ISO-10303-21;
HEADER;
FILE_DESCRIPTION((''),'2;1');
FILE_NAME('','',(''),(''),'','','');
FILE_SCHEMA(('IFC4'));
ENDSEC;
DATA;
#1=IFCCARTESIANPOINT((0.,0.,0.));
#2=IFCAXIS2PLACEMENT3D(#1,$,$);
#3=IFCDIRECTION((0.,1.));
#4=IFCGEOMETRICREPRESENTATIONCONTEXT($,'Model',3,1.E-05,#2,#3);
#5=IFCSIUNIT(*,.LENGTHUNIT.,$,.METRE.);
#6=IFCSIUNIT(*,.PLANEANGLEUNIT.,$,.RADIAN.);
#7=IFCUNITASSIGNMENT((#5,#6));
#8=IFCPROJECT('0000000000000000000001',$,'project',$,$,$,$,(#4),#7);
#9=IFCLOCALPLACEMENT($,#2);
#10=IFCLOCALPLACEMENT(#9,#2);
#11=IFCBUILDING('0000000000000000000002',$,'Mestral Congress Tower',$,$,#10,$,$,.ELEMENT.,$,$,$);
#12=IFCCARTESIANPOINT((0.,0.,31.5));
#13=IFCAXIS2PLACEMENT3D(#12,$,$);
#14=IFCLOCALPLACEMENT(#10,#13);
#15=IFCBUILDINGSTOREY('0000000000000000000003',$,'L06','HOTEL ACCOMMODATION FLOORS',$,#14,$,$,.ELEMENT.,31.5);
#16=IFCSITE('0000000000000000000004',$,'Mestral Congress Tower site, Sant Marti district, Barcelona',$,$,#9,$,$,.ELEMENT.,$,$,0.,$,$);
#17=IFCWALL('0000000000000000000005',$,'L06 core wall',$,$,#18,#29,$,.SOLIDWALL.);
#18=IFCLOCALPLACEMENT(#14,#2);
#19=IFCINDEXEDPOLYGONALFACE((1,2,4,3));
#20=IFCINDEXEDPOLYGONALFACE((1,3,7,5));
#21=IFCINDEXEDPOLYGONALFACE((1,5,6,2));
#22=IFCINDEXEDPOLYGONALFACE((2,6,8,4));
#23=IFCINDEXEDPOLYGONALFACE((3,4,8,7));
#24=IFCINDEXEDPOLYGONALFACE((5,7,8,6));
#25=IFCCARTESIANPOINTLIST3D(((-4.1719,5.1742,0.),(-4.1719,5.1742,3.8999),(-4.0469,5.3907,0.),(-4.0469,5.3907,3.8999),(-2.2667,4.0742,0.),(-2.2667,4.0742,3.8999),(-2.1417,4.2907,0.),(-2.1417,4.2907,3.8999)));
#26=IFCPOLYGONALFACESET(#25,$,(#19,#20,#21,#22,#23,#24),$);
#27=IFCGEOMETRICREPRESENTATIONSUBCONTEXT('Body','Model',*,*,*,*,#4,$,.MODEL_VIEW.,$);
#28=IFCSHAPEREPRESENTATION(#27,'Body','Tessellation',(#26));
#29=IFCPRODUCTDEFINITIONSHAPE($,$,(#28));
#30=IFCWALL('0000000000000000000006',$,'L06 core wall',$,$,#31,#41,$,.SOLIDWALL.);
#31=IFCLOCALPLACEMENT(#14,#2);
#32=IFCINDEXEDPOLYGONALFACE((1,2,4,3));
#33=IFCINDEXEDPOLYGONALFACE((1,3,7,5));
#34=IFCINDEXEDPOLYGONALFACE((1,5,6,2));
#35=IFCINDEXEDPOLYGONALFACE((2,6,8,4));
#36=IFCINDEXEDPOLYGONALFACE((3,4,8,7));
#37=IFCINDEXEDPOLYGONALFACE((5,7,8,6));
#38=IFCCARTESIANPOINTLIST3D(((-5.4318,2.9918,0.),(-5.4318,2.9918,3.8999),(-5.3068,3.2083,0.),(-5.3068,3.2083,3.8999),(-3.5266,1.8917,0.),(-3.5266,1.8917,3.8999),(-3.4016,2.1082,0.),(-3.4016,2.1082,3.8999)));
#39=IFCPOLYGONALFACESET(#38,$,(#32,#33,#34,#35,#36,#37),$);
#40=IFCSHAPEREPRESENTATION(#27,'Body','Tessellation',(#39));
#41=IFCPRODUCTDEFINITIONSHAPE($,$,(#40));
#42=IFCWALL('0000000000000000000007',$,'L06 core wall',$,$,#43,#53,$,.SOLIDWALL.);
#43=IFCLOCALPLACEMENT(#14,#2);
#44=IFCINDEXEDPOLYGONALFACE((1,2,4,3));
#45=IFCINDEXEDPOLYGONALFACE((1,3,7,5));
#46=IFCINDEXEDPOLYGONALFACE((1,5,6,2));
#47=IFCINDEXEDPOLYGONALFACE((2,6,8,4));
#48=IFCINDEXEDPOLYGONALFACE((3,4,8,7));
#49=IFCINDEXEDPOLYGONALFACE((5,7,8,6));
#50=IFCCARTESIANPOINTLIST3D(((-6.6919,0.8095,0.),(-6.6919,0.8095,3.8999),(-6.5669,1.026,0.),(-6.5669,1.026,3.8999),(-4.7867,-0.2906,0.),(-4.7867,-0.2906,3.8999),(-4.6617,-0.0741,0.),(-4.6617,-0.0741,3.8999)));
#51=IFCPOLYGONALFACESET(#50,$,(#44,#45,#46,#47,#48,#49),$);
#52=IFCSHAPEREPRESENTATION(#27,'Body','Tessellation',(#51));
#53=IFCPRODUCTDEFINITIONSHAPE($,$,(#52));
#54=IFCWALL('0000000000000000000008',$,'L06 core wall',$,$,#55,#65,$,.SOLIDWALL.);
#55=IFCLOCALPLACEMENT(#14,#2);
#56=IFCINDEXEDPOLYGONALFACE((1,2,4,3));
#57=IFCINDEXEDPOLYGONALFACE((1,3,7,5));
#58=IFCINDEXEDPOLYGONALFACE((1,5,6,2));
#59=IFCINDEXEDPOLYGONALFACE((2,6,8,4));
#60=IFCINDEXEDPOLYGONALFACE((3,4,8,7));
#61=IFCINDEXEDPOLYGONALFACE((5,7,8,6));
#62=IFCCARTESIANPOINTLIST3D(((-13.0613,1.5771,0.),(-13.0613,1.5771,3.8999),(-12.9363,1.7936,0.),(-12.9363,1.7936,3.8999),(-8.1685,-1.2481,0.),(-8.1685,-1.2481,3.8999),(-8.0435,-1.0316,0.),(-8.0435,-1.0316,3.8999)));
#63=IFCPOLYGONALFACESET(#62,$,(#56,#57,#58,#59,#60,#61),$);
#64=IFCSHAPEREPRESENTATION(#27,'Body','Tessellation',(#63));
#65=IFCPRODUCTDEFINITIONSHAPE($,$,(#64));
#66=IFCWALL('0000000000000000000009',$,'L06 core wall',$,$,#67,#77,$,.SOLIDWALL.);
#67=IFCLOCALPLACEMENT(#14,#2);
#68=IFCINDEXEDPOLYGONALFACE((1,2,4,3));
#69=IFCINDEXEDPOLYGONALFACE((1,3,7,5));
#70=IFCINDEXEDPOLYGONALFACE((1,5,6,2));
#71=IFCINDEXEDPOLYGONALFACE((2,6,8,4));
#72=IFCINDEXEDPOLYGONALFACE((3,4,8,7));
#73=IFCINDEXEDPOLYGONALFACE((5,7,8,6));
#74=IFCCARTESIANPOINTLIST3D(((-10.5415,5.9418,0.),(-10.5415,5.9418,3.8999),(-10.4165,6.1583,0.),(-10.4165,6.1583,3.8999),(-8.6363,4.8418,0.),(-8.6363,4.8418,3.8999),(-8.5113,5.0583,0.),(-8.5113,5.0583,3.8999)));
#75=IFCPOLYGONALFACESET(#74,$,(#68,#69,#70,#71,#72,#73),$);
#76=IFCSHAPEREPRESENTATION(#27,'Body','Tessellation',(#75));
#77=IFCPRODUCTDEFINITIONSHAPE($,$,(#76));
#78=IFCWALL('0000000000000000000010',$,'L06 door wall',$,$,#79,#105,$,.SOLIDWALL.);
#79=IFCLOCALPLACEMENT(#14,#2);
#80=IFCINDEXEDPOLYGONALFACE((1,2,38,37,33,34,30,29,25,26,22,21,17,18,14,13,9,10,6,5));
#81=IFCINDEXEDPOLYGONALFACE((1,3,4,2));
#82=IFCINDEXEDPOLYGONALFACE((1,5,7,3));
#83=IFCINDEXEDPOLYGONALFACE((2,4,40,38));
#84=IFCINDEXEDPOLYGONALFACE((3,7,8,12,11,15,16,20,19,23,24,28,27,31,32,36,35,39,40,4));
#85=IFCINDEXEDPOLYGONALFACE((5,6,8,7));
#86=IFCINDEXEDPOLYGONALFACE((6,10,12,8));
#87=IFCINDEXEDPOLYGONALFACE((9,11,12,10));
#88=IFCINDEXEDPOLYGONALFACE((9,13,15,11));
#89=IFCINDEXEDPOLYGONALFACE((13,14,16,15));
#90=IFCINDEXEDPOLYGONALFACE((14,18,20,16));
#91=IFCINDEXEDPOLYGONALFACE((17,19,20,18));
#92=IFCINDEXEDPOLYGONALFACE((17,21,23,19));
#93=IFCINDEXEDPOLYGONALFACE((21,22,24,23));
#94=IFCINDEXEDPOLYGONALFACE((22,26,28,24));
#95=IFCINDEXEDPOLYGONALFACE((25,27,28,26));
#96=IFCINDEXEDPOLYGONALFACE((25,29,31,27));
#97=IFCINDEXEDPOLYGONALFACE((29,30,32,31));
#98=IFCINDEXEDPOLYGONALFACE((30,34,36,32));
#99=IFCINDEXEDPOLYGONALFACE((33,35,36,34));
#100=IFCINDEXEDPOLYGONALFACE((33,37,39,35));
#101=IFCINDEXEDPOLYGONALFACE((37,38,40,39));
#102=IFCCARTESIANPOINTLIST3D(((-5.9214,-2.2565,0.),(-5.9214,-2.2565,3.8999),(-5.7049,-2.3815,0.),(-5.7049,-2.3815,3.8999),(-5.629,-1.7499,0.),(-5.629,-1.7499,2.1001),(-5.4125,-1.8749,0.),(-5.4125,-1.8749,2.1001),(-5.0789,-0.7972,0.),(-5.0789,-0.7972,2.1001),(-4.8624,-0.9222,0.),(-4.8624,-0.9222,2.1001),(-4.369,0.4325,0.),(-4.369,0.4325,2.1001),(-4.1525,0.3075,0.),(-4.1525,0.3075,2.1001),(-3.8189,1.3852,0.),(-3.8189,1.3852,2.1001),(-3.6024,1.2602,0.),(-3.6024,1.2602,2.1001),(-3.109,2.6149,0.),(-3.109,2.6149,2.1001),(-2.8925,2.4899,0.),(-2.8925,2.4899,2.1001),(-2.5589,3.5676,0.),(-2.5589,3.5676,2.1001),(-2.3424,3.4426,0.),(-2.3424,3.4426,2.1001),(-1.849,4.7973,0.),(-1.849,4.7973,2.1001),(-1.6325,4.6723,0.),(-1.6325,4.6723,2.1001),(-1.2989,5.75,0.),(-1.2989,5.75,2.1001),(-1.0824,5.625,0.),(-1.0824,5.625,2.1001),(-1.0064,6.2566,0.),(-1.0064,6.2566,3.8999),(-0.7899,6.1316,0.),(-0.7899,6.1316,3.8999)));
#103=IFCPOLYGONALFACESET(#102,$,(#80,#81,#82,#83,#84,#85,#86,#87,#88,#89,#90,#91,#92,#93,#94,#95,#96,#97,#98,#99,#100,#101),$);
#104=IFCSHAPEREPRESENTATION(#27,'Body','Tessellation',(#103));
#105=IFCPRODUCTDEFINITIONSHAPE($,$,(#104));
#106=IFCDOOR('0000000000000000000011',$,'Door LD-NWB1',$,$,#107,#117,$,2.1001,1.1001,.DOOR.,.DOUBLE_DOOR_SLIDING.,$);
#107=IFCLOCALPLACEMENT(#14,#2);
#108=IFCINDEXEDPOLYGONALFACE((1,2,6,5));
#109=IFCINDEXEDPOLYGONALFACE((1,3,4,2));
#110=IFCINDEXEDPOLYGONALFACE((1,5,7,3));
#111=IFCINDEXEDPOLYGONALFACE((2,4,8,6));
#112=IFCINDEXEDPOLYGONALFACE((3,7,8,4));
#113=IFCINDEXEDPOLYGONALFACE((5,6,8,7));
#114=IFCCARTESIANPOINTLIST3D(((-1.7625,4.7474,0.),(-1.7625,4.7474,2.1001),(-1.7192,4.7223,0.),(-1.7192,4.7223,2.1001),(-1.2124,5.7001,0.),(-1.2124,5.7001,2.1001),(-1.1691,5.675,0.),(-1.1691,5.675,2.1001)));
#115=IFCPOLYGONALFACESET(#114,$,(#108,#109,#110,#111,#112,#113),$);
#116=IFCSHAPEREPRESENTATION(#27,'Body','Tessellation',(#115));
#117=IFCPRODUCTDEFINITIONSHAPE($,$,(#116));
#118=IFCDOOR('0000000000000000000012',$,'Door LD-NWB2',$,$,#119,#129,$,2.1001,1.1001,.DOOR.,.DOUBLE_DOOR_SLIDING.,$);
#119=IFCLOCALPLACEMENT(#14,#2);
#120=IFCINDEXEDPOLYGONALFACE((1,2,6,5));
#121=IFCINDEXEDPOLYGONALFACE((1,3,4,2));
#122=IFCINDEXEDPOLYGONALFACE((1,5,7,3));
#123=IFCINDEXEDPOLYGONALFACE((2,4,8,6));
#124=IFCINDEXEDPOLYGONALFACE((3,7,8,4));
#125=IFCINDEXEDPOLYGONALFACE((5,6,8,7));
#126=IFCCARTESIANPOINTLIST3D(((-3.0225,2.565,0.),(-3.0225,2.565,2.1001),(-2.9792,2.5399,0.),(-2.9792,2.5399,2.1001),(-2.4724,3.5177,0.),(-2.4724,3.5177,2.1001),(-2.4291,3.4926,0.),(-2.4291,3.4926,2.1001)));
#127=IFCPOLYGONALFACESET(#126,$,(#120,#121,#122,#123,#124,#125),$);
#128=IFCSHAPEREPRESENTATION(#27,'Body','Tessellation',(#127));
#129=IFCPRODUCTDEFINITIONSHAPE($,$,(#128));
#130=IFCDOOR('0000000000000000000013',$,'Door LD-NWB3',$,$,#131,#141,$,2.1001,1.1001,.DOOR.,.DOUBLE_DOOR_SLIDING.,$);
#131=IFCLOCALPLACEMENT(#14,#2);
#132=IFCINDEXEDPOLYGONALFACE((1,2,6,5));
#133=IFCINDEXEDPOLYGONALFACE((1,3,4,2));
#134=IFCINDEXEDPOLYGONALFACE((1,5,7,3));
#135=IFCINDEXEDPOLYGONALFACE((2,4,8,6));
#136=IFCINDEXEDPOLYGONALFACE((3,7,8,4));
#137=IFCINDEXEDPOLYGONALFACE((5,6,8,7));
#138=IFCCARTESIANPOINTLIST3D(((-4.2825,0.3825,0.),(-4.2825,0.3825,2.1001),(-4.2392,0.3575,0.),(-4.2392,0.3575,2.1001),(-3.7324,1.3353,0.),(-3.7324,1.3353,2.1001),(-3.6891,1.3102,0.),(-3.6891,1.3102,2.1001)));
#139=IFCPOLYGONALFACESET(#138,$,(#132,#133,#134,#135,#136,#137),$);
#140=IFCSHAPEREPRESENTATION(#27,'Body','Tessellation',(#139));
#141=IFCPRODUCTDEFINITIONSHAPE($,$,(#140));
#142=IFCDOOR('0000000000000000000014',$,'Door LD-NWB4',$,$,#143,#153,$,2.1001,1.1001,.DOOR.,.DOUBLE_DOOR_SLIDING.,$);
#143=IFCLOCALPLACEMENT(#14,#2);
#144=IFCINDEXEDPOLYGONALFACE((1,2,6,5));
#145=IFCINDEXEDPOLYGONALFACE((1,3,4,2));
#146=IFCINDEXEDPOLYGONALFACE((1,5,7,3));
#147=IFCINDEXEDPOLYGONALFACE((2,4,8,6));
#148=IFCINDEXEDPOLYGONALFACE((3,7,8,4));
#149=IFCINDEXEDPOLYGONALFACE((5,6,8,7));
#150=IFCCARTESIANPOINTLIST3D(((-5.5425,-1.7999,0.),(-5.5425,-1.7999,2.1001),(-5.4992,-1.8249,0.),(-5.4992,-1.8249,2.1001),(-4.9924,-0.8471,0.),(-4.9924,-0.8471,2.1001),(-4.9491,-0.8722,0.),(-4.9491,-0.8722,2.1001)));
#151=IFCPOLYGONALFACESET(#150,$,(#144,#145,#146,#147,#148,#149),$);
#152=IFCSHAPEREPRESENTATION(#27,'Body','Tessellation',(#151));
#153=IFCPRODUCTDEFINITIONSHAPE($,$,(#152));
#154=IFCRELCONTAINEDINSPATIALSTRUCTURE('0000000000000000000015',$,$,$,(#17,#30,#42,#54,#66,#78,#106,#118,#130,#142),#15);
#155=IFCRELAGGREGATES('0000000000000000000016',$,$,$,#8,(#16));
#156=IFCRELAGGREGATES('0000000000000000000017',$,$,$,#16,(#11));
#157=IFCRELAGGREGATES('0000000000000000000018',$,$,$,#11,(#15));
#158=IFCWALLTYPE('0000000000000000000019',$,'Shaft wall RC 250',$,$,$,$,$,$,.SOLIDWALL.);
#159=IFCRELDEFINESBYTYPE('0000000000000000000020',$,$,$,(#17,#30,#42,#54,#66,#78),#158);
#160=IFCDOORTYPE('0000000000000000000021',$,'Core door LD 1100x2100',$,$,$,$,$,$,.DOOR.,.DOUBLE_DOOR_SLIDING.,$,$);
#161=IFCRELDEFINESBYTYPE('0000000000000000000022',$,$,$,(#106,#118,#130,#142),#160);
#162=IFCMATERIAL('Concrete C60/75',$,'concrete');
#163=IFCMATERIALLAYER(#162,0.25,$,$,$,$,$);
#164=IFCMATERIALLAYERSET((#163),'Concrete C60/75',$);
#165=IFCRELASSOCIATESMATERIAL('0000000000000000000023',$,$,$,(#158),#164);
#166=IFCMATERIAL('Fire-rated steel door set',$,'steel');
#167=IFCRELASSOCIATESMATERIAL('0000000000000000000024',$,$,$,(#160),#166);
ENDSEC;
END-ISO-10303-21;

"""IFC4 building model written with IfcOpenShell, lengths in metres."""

from ifc_helpers import new_model, si_unit, direction, frame, frame_2d, origin, place, context, subcontext, project, spatial, rectangle, extrude, material, layer, layer_set, type_object, element, fill, save


model = new_model("IFC4")

# Units and contexts
model_context = context("Model", 3, precision=1e-05, world=origin(), true_north=direction((0.0, 1.0)))
body_context = subcontext(model_context, "Body", "Model", "MODEL_VIEW")
ifc_project = project(units=[si_unit("LENGTHUNIT", "METRE"), si_unit("PLANEANGLEUNIT", "RADIAN")], contexts=[model_context])

# Site, building, storey
site_placement = place(None, origin())
site = spatial("IfcSite", under=ifc_project, at=site_placement, Name="Mestral Congress Tower site, Sant Marti district, Barcelona", CompositionType="ELEMENT", RefElevation=0.0)
building_placement = place(site_placement, origin())
building = spatial("IfcBuilding", under=site, at=building_placement, Name="Mestral Congress Tower", CompositionType="ELEMENT")
storey_placement = place(building_placement, frame((0.0, 0.0, 31.5)))
storey = spatial("IfcBuildingStorey", under=building, at=storey_placement, Name="L06", Description="HOTEL ACCOMMODATION FLOORS", CompositionType="ELEMENT", Elevation=31.5)

# Shared definitions
ifc_material_1 = material(Name="Concrete C60/75", Category="concrete")

# Shared definitions
ifc_material_2 = material(Name="Fire-rated steel door set", Category="steel")

# Walls
ifc_layer_1 = layer(ifc_material_1, 0.25)
ifc_layer_set_1 = layer_set([ifc_layer_1], Name="Concrete C60/75")
wall_type_1 = type_object("IfcWallType", Name="Shaft wall RC 250", PredefinedType="SOLIDWALL", material=ifc_layer_set_1)
for number, where, z_axis, x_axis, name in (
    (1, (-2.2041, 4.1824, 0.0), (0.0, 0.0, 1.0), (-0.866008, 0.50003, 0.0), "L06 core wall"),
    (2, (-5.3694, 3.1001, 0.0), (0.0, 0.0, 1.0), (0.866008, -0.50003, 0.0), "L06 core wall"),
    (3, (-4.7241, -0.1824, 0.0), (0.0, 0.0, 1.0), (-0.866008, 0.50003, 0.0), "L06 core wall"),
):
    element("IfcWall", number, at=place(storey_placement, frame(where, z_axis=z_axis, x_axis=x_axis)), inside=storey, type_object=wall_type_1, Name=name, PredefinedType="SOLIDWALL", context=body_context, shape_type="SweptSolid", body=[
        extrude(rectangle(XDim=2.2, YDim=0.25, at=frame_2d((1.1001, 0.0))), origin(), (0.0, 0.0, 1.0), 3.8999),
    ])
wall_1_placement = place(storey_placement, frame((-8.106, -1.1399, 0.0), z_axis=(0.0, 0.0, 1.0), x_axis=(-0.866001, 0.500043, 0.0)))
element("IfcWall", 4, at=wall_1_placement, inside=storey, type_object=wall_type_1, Name="L06 core wall", PredefinedType="SOLIDWALL", context=body_context, shape_type="SweptSolid", body=[
    extrude(rectangle(XDim=5.6499, YDim=0.25, at=frame_2d((2.825, 0.0))), origin(), (0.0, 0.0, 1.0), 3.8999),
])
wall_2_placement = place(storey_placement, frame((-8.5737, 4.95, 0.0), z_axis=(0.0, 0.0, 1.0), x_axis=(-0.866008, 0.50003, 0.0)))
element("IfcWall", 5, at=wall_2_placement, inside=storey, type_object=wall_type_1, Name="L06 core wall", PredefinedType="SOLIDWALL", context=body_context, shape_type="SweptSolid", body=[
    extrude(rectangle(XDim=2.2, YDim=0.25, at=frame_2d((1.1001, 0.0))), origin(), (0.0, 0.0, 1.0), 3.8999),
])

# Wall, openings, doors
wall_3_placement = place(storey_placement, frame((-0.8982, 6.1941, 0.0), z_axis=(0.0, 0.0, 1.0), x_axis=(-0.499996, -0.866028, 0.0)))
wall_3 = element("IfcWall", 6, at=wall_3_placement, inside=storey, type_object=wall_type_1, Name="L06 door wall", PredefinedType="SOLIDWALL", context=body_context, shape_type="SweptSolid", body=[
    extrude(rectangle(XDim=9.8301, YDim=0.25, at=frame_2d((4.915, 0.0))), origin(), (0.0, 0.0, 1.0), 3.8999),
])
opening_1_placement = place(wall_3_placement, frame((0.585, 0.0, 0.0)))
opening_1 = element("IfcOpeningElement", 7, at=opening_1_placement, cuts=wall_3, PredefinedType="OPENING", context=body_context, shape_type="SweptSolid", body=[
    extrude(rectangle(XDim=1.1001, YDim=2.1001, at=frame_2d((0.55, 1.05))), frame((0.0, 0.135, 0.0), z_axis=(0.0, -1.0, 0.0), x_axis=(1.0, 0.0, 0.0)), (0.0, 0.0, 1.0), 0.27),
])
opening_2_placement = place(wall_3_placement, frame((3.105, 0.0, 0.0)))
opening_2 = element("IfcOpeningElement", 8, at=opening_2_placement, cuts=wall_3, PredefinedType="OPENING", context=body_context, shape_type="SweptSolid", body=[
    extrude(rectangle(XDim=1.1001, YDim=2.1001, at=frame_2d((0.55, 1.05))), frame((0.0, 0.135, 0.0), z_axis=(0.0, -1.0, 0.0), x_axis=(1.0, 0.0, 0.0)), (0.0, 0.0, 1.0), 0.27),
])
opening_3_placement = place(wall_3_placement, frame((5.625, 0.0, 0.0)))
opening_3 = element("IfcOpeningElement", 9, at=opening_3_placement, cuts=wall_3, PredefinedType="OPENING", context=body_context, shape_type="SweptSolid", body=[
    extrude(rectangle(XDim=1.1001, YDim=2.1001, at=frame_2d((0.55, 1.05))), frame((0.0, 0.135, 0.0), z_axis=(0.0, -1.0, 0.0), x_axis=(1.0, 0.0, 0.0)), (0.0, 0.0, 1.0), 0.27),
])
opening_4_placement = place(wall_3_placement, frame((8.145, 0.0, 0.0)))
opening_4 = element("IfcOpeningElement", 10, at=opening_4_placement, cuts=wall_3, PredefinedType="OPENING", context=body_context, shape_type="SweptSolid", body=[
    extrude(rectangle(XDim=1.1001, YDim=2.1001, at=frame_2d((0.55, 1.05))), frame((0.0, 0.135, 0.0), z_axis=(0.0, -1.0, 0.0), x_axis=(1.0, 0.0, 0.0)), (0.0, 0.0, 1.0), 0.27),
])
door_type_1 = type_object("IfcDoorType", Name="Core door LD 1100x2100", OperationType="DOUBLE_DOOR_SLIDING", PredefinedType="DOOR", material=ifc_material_2)
door_1_placement = place(opening_1_placement, origin())
door_1 = element("IfcDoor", 11, at=door_1_placement, inside=storey, type_object=door_type_1, Name="Door LD-NWB1", OperationType="DOUBLE_DOOR_SLIDING", OverallHeight=2.1001, OverallWidth=1.1001, PredefinedType="DOOR", context=body_context, shape_type="SweptSolid", body=[
    extrude(rectangle(XDim=1.1001, YDim=2.1001, at=frame_2d((0.55, 1.05))), frame((0.0, 0.0249, 0.0), z_axis=(0.0, -1.0, 0.0), x_axis=(1.0, 0.0, 0.0)), (0.0, 0.0, 1.0), 0.05),
])
fill(opening_1, door_1)
door_2_placement = place(opening_2_placement, origin())
door_2 = element("IfcDoor", 12, at=door_2_placement, inside=storey, type_object=door_type_1, Name="Door LD-NWB2", OperationType="DOUBLE_DOOR_SLIDING", OverallHeight=2.1001, OverallWidth=1.1001, PredefinedType="DOOR", context=body_context, shape_type="SweptSolid", body=[
    extrude(rectangle(XDim=1.1001, YDim=2.1001, at=frame_2d((0.55, 1.05))), frame((0.0, 0.0249, 0.0), z_axis=(0.0, -1.0, 0.0), x_axis=(1.0, 0.0, 0.0)), (0.0, 0.0, 1.0), 0.05),
])
fill(opening_2, door_2)
door_3_placement = place(opening_3_placement, origin())
door_3 = element("IfcDoor", 13, at=door_3_placement, inside=storey, type_object=door_type_1, Name="Door LD-NWB3", OperationType="DOUBLE_DOOR_SLIDING", OverallHeight=2.1001, OverallWidth=1.1001, PredefinedType="DOOR", context=body_context, shape_type="SweptSolid", body=[
    extrude(rectangle(XDim=1.1001, YDim=2.1001, at=frame_2d((0.55, 1.05))), frame((0.0, 0.0249, 0.0), z_axis=(0.0, -1.0, 0.0), x_axis=(1.0, 0.0, 0.0)), (0.0, 0.0, 1.0), 0.05),
])
fill(opening_3, door_3)
door_4_placement = place(opening_4_placement, origin())
door_4 = element("IfcDoor", 14, at=door_4_placement, inside=storey, type_object=door_type_1, Name="Door LD-NWB4", OperationType="DOUBLE_DOOR_SLIDING", OverallHeight=2.1001, OverallWidth=1.1001, PredefinedType="DOOR", context=body_context, shape_type="SweptSolid", body=[
    extrude(rectangle(XDim=1.1001, YDim=2.1001, at=frame_2d((0.55, 1.05))), frame((0.0, 0.0249, 0.0), z_axis=(0.0, -1.0, 0.0), x_axis=(1.0, 0.0, 0.0)), (0.0, 0.0, 1.0), 0.05),
])
fill(opening_4, door_4)

save(model, "model.ifc")
